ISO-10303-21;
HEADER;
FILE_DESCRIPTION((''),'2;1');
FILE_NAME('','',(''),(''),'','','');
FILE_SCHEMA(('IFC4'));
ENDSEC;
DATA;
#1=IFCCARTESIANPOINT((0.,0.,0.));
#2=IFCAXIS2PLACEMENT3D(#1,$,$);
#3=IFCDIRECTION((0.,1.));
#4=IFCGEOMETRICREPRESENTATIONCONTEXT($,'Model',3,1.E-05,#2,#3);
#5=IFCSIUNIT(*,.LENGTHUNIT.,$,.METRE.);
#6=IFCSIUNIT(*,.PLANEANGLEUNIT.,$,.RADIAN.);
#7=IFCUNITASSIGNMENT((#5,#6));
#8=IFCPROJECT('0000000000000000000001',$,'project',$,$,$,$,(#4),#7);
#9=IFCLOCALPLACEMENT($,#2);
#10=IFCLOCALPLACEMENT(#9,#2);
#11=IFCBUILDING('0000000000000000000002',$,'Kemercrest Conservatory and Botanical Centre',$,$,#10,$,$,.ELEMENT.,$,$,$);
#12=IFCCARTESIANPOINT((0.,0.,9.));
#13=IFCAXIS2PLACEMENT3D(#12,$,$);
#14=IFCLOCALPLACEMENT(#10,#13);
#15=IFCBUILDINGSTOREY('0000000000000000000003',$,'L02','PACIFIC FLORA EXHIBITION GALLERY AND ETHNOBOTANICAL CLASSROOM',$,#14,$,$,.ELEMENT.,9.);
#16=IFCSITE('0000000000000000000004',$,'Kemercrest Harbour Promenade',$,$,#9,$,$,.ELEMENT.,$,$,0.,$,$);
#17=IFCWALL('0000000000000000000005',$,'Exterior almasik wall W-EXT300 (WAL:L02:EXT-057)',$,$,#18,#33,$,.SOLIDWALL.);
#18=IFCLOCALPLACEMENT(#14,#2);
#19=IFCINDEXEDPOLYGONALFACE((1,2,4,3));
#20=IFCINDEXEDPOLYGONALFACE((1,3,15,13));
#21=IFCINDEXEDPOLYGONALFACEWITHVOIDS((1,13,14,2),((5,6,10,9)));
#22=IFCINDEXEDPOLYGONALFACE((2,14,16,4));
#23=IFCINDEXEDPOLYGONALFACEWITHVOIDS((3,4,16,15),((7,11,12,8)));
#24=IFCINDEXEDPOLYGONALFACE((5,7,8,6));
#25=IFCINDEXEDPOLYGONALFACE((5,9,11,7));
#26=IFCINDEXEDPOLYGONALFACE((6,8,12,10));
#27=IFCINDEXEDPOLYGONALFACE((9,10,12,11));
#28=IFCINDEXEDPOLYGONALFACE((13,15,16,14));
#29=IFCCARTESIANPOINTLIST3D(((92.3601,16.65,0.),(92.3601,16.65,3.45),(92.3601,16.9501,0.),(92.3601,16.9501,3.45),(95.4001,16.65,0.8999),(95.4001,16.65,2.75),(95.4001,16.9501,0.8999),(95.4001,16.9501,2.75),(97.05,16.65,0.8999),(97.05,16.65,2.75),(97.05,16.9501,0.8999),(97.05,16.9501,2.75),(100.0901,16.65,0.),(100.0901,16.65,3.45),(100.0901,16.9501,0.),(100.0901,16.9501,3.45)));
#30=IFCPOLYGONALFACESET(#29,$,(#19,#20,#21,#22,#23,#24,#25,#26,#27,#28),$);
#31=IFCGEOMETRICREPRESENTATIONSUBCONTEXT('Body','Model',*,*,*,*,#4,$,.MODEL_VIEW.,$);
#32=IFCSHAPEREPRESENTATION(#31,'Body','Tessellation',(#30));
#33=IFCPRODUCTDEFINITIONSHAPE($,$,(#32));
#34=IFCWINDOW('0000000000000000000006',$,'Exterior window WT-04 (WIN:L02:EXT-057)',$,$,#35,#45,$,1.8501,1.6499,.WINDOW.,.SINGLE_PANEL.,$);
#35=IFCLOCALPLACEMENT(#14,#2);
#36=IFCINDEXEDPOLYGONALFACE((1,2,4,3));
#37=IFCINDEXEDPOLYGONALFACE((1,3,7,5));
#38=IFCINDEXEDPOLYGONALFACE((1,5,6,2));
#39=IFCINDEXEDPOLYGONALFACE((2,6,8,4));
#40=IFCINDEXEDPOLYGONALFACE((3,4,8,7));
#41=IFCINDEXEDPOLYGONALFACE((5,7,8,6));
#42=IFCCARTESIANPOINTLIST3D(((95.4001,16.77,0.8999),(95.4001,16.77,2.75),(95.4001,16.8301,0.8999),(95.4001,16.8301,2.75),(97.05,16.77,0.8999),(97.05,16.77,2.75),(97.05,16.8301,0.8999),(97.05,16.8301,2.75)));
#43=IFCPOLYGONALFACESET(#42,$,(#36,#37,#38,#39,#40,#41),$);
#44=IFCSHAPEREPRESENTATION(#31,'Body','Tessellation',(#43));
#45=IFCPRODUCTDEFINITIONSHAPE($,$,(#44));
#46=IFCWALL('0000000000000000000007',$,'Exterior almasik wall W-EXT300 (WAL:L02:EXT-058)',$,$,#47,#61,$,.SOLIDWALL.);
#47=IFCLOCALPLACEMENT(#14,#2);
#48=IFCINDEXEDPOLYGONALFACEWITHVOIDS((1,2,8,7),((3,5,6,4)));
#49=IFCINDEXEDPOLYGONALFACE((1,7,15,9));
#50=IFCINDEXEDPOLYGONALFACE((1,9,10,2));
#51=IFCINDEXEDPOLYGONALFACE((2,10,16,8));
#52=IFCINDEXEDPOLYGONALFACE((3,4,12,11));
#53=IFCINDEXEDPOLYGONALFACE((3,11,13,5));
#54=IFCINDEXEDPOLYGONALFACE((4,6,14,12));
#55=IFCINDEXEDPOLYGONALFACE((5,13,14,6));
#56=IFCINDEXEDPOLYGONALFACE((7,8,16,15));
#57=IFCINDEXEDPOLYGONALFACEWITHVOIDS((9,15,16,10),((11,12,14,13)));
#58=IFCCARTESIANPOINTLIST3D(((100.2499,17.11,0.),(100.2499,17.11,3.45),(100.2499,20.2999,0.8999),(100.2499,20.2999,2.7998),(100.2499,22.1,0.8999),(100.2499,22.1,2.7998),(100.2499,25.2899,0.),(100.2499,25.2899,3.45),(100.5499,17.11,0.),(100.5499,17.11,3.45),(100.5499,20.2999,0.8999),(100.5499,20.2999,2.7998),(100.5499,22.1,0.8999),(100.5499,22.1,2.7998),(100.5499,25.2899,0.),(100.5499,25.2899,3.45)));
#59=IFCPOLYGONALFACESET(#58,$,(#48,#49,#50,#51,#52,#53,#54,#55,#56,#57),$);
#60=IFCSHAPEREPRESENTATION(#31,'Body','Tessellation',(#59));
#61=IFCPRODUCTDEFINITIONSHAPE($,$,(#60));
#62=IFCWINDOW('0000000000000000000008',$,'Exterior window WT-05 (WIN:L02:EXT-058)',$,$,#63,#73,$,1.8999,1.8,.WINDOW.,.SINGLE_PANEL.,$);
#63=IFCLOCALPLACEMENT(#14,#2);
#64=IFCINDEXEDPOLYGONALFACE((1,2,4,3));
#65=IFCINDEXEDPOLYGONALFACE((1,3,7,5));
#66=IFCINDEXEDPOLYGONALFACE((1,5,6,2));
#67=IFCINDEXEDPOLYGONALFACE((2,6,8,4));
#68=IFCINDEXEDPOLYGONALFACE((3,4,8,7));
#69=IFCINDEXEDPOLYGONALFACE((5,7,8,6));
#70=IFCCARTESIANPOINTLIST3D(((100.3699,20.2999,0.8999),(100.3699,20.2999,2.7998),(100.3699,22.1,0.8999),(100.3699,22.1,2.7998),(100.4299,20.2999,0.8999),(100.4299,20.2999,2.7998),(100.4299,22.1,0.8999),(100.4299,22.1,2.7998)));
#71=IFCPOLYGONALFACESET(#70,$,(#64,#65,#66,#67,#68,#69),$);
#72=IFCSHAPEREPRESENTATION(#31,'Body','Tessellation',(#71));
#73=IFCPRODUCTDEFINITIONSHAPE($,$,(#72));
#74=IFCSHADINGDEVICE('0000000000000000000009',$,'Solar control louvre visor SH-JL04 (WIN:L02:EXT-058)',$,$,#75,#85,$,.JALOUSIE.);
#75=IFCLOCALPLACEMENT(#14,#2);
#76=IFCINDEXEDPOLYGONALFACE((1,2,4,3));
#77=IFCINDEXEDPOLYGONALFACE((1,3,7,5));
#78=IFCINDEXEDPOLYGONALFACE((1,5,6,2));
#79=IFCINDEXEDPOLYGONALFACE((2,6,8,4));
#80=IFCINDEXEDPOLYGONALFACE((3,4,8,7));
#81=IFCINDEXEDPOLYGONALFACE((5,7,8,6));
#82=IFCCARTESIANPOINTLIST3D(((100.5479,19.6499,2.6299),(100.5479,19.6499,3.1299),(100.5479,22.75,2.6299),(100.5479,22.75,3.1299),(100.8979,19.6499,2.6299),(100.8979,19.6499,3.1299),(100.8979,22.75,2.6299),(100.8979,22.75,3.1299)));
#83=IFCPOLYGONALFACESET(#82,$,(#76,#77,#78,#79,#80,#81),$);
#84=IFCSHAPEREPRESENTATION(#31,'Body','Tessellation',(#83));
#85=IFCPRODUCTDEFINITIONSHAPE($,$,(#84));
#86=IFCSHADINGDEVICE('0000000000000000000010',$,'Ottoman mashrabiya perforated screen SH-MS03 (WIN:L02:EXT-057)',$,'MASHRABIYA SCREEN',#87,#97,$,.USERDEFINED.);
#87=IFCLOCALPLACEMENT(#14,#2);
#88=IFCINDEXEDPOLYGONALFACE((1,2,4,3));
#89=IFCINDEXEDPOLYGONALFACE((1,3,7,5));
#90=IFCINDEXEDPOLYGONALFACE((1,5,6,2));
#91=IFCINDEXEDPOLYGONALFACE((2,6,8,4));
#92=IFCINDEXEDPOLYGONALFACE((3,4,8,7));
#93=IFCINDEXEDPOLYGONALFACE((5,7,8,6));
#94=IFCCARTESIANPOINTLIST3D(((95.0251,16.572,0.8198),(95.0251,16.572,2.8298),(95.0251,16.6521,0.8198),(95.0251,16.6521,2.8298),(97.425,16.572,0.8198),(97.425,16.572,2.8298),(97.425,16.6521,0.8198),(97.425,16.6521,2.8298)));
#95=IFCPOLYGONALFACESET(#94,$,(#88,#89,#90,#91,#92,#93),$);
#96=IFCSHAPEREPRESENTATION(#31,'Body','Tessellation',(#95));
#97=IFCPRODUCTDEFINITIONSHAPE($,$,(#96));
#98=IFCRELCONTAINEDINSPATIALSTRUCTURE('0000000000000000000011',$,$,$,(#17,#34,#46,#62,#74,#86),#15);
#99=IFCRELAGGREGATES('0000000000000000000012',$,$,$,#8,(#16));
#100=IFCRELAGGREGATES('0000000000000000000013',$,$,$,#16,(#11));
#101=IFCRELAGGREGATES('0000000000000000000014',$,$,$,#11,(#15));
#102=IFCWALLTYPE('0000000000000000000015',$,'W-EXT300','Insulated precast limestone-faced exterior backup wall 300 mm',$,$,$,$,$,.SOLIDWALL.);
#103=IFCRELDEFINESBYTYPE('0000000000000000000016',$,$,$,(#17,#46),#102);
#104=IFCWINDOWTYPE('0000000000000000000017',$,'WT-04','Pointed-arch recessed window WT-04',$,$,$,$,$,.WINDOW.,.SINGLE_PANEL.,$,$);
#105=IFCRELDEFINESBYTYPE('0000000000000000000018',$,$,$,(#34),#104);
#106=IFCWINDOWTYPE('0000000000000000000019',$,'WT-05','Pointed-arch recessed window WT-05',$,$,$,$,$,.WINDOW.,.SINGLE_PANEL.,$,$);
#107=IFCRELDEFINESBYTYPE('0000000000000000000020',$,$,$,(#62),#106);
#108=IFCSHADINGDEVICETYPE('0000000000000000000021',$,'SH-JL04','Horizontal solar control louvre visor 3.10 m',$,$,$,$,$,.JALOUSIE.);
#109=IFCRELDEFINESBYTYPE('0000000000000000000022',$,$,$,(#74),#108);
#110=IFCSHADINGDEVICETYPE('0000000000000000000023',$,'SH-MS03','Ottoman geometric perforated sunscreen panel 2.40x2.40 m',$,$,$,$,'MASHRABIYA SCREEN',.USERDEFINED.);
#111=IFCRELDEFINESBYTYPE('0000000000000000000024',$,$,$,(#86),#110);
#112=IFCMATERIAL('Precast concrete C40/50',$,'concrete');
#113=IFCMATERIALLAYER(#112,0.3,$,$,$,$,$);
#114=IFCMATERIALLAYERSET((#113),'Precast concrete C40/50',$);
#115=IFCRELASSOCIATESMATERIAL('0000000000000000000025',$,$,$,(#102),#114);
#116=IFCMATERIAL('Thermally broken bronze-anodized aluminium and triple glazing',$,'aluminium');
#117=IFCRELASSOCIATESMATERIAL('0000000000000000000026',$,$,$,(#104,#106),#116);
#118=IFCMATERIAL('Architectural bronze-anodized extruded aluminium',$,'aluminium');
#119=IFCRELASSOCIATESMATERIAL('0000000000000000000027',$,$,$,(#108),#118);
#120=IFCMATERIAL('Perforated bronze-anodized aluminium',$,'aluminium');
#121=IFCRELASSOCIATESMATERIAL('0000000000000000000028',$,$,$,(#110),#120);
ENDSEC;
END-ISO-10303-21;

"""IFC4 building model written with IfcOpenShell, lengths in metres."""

from ifc_helpers import new_model, si_unit, direction, frame, frame_2d, origin, origin_2d, place, context, subcontext, project, spatial, rectangle, extrude, material, layer, layer_set, type_object, element, fill, save


model = new_model("IFC4")

# Units and contexts
model_context = context("Model", 3, precision=1e-05, world=origin(), true_north=direction((0.0, 1.0)))
body_context = subcontext(model_context, "Body", "Model", "MODEL_VIEW")
ifc_project = project(units=[si_unit("LENGTHUNIT", "METRE"), si_unit("PLANEANGLEUNIT", "RADIAN")], contexts=[model_context])

# Site, building, storey
site_placement = place(None, origin())
site = spatial("IfcSite", under=ifc_project, at=site_placement, Name="Kemercrest Harbour Promenade", CompositionType="ELEMENT", RefElevation=0.0)
building_placement = place(site_placement, origin())
building = spatial("IfcBuilding", under=site, at=building_placement, Name="Kemercrest Conservatory and Botanical Centre", CompositionType="ELEMENT")
storey_placement = place(building_placement, frame((0.0, 0.0, 9.0)))
storey = spatial("IfcBuildingStorey", under=building, at=storey_placement, Name="L02", Description="PACIFIC FLORA EXHIBITION GALLERY AND ETHNOBOTANICAL CLASSROOM", CompositionType="ELEMENT", Elevation=9.0)

# Shared definitions
ifc_material_1 = material(Name="Precast concrete C40/50", Category="concrete")

# Shared definitions
ifc_layer = layer(ifc_material_1, 0.3)
ifc_layer_set = layer_set([ifc_layer], Name="Precast concrete C40/50")
wall_type = type_object("IfcWallType", Name="W-EXT300", Description="Insulated precast limestone-faced exterior backup wall 300 mm", PredefinedType="SOLIDWALL", material=ifc_layer_set)

# Walls, openings, windows
wall_1_placement = place(storey_placement, frame((92.3601, 16.8, 0.0), z_axis=(0.0, 0.0, 1.0), x_axis=(1.0, 0.0, 0.0)))
wall_1 = element("IfcWall", 1, at=wall_1_placement, inside=storey, type_object=wall_type, Name="Exterior almasik wall W-EXT300 (WAL:L02:EXT-057)", PredefinedType="SOLIDWALL", context=body_context, shape_type="SweptSolid", body=[
    extrude(rectangle(XDim=7.73, YDim=0.3, at=frame_2d((3.865, 0.0))), origin(), (0.0, 0.0, 1.0), 3.45),
])
opening_1_placement = place(wall_1_placement, frame((3.04, 0.0, 0.8999)))
opening_1 = element("IfcOpeningElement", 2, at=opening_1_placement, cuts=wall_1, PredefinedType="OPENING", context=body_context, shape_type="SweptSolid", body=[
    extrude(rectangle(XDim=1.6499, YDim=1.8501, at=frame_2d((0.825, 0.925))), frame((0.0, 0.1602, 0.0), z_axis=(0.0, -1.0, 0.0), x_axis=(1.0, 0.0, 0.0)), (0.0, 0.0, 1.0), 0.3201),
])
ifc_material_2 = material(Name="Thermally broken bronze-anodized aluminium and triple glazing", Category="aluminium")
window_type_1 = type_object("IfcWindowType", Name="WT-04", Description="Pointed-arch recessed window WT-04", PartitioningType="SINGLE_PANEL", PredefinedType="WINDOW", material=ifc_material_2)
window_1_placement = place(opening_1_placement, origin())
window_1 = element("IfcWindow", 3, at=window_1_placement, inside=storey, type_object=window_type_1, Name="Exterior window WT-04 (WIN:L02:EXT-057)", OverallHeight=1.8501, OverallWidth=1.6499, PartitioningType="SINGLE_PANEL", PredefinedType="WINDOW", context=body_context, shape_type="SweptSolid", body=[
    extrude(rectangle(XDim=1.6499, YDim=1.8501, at=frame_2d((0.825, 0.925))), frame((0.0, 0.03, 0.0), z_axis=(0.0, -1.0, 0.0), x_axis=(1.0, 0.0, 0.0)), (0.0, 0.0, 1.0), 0.0601),
])
fill(opening_1, window_1)
wall_2_placement = place(storey_placement, frame((100.3999, 17.1101, 0.0), z_axis=(0.0, 0.0, 1.0), x_axis=(0.0, 1.0, 0.0)))
wall_2 = element("IfcWall", 4, at=wall_2_placement, inside=storey, type_object=wall_type, Name="Exterior almasik wall W-EXT300 (WAL:L02:EXT-058)", PredefinedType="SOLIDWALL", context=body_context, shape_type="SweptSolid", body=[
    extrude(rectangle(XDim=8.1799, YDim=0.3, at=frame_2d((4.0898, 0.0))), origin(), (0.0, 0.0, 1.0), 3.45),
])
opening_2_placement = place(wall_2_placement, frame((3.1899, 0.0, 0.8999)))
opening_2 = element("IfcOpeningElement", 5, at=opening_2_placement, cuts=wall_2, PredefinedType="OPENING", context=body_context, shape_type="SweptSolid", body=[
    extrude(rectangle(XDim=1.8, YDim=1.8999, at=frame_2d((0.8999, 0.95))), frame((0.0, 0.1602, 0.0), z_axis=(0.0, -1.0, 0.0), x_axis=(1.0, 0.0, 0.0)), (0.0, 0.0, 1.0), 0.3201),
])
window_type_2 = type_object("IfcWindowType", Name="WT-05", Description="Pointed-arch recessed window WT-05", PartitioningType="SINGLE_PANEL", PredefinedType="WINDOW", material=ifc_material_2)
window_2_placement = place(opening_2_placement, origin())
window_2 = element("IfcWindow", 6, at=window_2_placement, inside=storey, type_object=window_type_2, Name="Exterior window WT-05 (WIN:L02:EXT-058)", OverallHeight=1.8999, OverallWidth=1.8, PartitioningType="SINGLE_PANEL", PredefinedType="WINDOW", context=body_context, shape_type="SweptSolid", body=[
    extrude(rectangle(XDim=1.8, YDim=1.8999, at=frame_2d((0.8999, 0.95))), frame((0.0, 0.03, 0.0), z_axis=(0.0, -1.0, 0.0), x_axis=(1.0, 0.0, 0.0)), (0.0, 0.0, 1.0), 0.0601),
])
fill(opening_2, window_2)

# Shading devices
ifc_material_3 = material(Name="Architectural bronze-anodized extruded aluminium", Category="aluminium")
shading_device_type_1 = type_object("IfcShadingDeviceType", Name="SH-JL04", Description="Horizontal solar control louvre visor 3.10 m", PredefinedType="JALOUSIE", material=ifc_material_3)
shading_device_1_placement = place(storey_placement, frame((100.7229, 21.2, 2.6299), z_axis=(0.0, 0.0, 1.0), x_axis=(0.0, 1.0, 0.0)))
element("IfcShadingDevice", 7, at=shading_device_1_placement, inside=storey, type_object=shading_device_type_1, Name="Solar control louvre visor SH-JL04 (WIN:L02:EXT-058)", PredefinedType="JALOUSIE", context=body_context, shape_type="SweptSolid", body=[
    extrude(rectangle(XDim=3.1001, YDim=0.3501, at=origin_2d()), origin(), (0.0, 0.0, 1.0), 0.5),
])
ifc_material_4 = material(Name="Perforated bronze-anodized aluminium", Category="aluminium")
shading_device_type_2 = type_object("IfcShadingDeviceType", Name="SH-MS03", Description="Ottoman geometric perforated sunscreen panel 2.40x2.40 m", ElementType="MASHRABIYA SCREEN", PredefinedType="USERDEFINED", material=ifc_material_4)
shading_device_2_placement = place(storey_placement, frame((96.2251, 16.6121, 0.8198), z_axis=(0.0, 0.0, 1.0), x_axis=(1.0, 0.0, 0.0)))
element("IfcShadingDevice", 8, at=shading_device_2_placement, inside=storey, type_object=shading_device_type_2, Name="Ottoman mashrabiya perforated screen SH-MS03 (WIN:L02:EXT-057)", ObjectType="MASHRABIYA SCREEN", PredefinedType="USERDEFINED", context=body_context, shape_type="SweptSolid", body=[
    extrude(rectangle(XDim=2.3999, YDim=0.0801, at=origin_2d()), origin(), (0.0, 0.0, 1.0), 2.01),
])

save(model, "model.ifc")
